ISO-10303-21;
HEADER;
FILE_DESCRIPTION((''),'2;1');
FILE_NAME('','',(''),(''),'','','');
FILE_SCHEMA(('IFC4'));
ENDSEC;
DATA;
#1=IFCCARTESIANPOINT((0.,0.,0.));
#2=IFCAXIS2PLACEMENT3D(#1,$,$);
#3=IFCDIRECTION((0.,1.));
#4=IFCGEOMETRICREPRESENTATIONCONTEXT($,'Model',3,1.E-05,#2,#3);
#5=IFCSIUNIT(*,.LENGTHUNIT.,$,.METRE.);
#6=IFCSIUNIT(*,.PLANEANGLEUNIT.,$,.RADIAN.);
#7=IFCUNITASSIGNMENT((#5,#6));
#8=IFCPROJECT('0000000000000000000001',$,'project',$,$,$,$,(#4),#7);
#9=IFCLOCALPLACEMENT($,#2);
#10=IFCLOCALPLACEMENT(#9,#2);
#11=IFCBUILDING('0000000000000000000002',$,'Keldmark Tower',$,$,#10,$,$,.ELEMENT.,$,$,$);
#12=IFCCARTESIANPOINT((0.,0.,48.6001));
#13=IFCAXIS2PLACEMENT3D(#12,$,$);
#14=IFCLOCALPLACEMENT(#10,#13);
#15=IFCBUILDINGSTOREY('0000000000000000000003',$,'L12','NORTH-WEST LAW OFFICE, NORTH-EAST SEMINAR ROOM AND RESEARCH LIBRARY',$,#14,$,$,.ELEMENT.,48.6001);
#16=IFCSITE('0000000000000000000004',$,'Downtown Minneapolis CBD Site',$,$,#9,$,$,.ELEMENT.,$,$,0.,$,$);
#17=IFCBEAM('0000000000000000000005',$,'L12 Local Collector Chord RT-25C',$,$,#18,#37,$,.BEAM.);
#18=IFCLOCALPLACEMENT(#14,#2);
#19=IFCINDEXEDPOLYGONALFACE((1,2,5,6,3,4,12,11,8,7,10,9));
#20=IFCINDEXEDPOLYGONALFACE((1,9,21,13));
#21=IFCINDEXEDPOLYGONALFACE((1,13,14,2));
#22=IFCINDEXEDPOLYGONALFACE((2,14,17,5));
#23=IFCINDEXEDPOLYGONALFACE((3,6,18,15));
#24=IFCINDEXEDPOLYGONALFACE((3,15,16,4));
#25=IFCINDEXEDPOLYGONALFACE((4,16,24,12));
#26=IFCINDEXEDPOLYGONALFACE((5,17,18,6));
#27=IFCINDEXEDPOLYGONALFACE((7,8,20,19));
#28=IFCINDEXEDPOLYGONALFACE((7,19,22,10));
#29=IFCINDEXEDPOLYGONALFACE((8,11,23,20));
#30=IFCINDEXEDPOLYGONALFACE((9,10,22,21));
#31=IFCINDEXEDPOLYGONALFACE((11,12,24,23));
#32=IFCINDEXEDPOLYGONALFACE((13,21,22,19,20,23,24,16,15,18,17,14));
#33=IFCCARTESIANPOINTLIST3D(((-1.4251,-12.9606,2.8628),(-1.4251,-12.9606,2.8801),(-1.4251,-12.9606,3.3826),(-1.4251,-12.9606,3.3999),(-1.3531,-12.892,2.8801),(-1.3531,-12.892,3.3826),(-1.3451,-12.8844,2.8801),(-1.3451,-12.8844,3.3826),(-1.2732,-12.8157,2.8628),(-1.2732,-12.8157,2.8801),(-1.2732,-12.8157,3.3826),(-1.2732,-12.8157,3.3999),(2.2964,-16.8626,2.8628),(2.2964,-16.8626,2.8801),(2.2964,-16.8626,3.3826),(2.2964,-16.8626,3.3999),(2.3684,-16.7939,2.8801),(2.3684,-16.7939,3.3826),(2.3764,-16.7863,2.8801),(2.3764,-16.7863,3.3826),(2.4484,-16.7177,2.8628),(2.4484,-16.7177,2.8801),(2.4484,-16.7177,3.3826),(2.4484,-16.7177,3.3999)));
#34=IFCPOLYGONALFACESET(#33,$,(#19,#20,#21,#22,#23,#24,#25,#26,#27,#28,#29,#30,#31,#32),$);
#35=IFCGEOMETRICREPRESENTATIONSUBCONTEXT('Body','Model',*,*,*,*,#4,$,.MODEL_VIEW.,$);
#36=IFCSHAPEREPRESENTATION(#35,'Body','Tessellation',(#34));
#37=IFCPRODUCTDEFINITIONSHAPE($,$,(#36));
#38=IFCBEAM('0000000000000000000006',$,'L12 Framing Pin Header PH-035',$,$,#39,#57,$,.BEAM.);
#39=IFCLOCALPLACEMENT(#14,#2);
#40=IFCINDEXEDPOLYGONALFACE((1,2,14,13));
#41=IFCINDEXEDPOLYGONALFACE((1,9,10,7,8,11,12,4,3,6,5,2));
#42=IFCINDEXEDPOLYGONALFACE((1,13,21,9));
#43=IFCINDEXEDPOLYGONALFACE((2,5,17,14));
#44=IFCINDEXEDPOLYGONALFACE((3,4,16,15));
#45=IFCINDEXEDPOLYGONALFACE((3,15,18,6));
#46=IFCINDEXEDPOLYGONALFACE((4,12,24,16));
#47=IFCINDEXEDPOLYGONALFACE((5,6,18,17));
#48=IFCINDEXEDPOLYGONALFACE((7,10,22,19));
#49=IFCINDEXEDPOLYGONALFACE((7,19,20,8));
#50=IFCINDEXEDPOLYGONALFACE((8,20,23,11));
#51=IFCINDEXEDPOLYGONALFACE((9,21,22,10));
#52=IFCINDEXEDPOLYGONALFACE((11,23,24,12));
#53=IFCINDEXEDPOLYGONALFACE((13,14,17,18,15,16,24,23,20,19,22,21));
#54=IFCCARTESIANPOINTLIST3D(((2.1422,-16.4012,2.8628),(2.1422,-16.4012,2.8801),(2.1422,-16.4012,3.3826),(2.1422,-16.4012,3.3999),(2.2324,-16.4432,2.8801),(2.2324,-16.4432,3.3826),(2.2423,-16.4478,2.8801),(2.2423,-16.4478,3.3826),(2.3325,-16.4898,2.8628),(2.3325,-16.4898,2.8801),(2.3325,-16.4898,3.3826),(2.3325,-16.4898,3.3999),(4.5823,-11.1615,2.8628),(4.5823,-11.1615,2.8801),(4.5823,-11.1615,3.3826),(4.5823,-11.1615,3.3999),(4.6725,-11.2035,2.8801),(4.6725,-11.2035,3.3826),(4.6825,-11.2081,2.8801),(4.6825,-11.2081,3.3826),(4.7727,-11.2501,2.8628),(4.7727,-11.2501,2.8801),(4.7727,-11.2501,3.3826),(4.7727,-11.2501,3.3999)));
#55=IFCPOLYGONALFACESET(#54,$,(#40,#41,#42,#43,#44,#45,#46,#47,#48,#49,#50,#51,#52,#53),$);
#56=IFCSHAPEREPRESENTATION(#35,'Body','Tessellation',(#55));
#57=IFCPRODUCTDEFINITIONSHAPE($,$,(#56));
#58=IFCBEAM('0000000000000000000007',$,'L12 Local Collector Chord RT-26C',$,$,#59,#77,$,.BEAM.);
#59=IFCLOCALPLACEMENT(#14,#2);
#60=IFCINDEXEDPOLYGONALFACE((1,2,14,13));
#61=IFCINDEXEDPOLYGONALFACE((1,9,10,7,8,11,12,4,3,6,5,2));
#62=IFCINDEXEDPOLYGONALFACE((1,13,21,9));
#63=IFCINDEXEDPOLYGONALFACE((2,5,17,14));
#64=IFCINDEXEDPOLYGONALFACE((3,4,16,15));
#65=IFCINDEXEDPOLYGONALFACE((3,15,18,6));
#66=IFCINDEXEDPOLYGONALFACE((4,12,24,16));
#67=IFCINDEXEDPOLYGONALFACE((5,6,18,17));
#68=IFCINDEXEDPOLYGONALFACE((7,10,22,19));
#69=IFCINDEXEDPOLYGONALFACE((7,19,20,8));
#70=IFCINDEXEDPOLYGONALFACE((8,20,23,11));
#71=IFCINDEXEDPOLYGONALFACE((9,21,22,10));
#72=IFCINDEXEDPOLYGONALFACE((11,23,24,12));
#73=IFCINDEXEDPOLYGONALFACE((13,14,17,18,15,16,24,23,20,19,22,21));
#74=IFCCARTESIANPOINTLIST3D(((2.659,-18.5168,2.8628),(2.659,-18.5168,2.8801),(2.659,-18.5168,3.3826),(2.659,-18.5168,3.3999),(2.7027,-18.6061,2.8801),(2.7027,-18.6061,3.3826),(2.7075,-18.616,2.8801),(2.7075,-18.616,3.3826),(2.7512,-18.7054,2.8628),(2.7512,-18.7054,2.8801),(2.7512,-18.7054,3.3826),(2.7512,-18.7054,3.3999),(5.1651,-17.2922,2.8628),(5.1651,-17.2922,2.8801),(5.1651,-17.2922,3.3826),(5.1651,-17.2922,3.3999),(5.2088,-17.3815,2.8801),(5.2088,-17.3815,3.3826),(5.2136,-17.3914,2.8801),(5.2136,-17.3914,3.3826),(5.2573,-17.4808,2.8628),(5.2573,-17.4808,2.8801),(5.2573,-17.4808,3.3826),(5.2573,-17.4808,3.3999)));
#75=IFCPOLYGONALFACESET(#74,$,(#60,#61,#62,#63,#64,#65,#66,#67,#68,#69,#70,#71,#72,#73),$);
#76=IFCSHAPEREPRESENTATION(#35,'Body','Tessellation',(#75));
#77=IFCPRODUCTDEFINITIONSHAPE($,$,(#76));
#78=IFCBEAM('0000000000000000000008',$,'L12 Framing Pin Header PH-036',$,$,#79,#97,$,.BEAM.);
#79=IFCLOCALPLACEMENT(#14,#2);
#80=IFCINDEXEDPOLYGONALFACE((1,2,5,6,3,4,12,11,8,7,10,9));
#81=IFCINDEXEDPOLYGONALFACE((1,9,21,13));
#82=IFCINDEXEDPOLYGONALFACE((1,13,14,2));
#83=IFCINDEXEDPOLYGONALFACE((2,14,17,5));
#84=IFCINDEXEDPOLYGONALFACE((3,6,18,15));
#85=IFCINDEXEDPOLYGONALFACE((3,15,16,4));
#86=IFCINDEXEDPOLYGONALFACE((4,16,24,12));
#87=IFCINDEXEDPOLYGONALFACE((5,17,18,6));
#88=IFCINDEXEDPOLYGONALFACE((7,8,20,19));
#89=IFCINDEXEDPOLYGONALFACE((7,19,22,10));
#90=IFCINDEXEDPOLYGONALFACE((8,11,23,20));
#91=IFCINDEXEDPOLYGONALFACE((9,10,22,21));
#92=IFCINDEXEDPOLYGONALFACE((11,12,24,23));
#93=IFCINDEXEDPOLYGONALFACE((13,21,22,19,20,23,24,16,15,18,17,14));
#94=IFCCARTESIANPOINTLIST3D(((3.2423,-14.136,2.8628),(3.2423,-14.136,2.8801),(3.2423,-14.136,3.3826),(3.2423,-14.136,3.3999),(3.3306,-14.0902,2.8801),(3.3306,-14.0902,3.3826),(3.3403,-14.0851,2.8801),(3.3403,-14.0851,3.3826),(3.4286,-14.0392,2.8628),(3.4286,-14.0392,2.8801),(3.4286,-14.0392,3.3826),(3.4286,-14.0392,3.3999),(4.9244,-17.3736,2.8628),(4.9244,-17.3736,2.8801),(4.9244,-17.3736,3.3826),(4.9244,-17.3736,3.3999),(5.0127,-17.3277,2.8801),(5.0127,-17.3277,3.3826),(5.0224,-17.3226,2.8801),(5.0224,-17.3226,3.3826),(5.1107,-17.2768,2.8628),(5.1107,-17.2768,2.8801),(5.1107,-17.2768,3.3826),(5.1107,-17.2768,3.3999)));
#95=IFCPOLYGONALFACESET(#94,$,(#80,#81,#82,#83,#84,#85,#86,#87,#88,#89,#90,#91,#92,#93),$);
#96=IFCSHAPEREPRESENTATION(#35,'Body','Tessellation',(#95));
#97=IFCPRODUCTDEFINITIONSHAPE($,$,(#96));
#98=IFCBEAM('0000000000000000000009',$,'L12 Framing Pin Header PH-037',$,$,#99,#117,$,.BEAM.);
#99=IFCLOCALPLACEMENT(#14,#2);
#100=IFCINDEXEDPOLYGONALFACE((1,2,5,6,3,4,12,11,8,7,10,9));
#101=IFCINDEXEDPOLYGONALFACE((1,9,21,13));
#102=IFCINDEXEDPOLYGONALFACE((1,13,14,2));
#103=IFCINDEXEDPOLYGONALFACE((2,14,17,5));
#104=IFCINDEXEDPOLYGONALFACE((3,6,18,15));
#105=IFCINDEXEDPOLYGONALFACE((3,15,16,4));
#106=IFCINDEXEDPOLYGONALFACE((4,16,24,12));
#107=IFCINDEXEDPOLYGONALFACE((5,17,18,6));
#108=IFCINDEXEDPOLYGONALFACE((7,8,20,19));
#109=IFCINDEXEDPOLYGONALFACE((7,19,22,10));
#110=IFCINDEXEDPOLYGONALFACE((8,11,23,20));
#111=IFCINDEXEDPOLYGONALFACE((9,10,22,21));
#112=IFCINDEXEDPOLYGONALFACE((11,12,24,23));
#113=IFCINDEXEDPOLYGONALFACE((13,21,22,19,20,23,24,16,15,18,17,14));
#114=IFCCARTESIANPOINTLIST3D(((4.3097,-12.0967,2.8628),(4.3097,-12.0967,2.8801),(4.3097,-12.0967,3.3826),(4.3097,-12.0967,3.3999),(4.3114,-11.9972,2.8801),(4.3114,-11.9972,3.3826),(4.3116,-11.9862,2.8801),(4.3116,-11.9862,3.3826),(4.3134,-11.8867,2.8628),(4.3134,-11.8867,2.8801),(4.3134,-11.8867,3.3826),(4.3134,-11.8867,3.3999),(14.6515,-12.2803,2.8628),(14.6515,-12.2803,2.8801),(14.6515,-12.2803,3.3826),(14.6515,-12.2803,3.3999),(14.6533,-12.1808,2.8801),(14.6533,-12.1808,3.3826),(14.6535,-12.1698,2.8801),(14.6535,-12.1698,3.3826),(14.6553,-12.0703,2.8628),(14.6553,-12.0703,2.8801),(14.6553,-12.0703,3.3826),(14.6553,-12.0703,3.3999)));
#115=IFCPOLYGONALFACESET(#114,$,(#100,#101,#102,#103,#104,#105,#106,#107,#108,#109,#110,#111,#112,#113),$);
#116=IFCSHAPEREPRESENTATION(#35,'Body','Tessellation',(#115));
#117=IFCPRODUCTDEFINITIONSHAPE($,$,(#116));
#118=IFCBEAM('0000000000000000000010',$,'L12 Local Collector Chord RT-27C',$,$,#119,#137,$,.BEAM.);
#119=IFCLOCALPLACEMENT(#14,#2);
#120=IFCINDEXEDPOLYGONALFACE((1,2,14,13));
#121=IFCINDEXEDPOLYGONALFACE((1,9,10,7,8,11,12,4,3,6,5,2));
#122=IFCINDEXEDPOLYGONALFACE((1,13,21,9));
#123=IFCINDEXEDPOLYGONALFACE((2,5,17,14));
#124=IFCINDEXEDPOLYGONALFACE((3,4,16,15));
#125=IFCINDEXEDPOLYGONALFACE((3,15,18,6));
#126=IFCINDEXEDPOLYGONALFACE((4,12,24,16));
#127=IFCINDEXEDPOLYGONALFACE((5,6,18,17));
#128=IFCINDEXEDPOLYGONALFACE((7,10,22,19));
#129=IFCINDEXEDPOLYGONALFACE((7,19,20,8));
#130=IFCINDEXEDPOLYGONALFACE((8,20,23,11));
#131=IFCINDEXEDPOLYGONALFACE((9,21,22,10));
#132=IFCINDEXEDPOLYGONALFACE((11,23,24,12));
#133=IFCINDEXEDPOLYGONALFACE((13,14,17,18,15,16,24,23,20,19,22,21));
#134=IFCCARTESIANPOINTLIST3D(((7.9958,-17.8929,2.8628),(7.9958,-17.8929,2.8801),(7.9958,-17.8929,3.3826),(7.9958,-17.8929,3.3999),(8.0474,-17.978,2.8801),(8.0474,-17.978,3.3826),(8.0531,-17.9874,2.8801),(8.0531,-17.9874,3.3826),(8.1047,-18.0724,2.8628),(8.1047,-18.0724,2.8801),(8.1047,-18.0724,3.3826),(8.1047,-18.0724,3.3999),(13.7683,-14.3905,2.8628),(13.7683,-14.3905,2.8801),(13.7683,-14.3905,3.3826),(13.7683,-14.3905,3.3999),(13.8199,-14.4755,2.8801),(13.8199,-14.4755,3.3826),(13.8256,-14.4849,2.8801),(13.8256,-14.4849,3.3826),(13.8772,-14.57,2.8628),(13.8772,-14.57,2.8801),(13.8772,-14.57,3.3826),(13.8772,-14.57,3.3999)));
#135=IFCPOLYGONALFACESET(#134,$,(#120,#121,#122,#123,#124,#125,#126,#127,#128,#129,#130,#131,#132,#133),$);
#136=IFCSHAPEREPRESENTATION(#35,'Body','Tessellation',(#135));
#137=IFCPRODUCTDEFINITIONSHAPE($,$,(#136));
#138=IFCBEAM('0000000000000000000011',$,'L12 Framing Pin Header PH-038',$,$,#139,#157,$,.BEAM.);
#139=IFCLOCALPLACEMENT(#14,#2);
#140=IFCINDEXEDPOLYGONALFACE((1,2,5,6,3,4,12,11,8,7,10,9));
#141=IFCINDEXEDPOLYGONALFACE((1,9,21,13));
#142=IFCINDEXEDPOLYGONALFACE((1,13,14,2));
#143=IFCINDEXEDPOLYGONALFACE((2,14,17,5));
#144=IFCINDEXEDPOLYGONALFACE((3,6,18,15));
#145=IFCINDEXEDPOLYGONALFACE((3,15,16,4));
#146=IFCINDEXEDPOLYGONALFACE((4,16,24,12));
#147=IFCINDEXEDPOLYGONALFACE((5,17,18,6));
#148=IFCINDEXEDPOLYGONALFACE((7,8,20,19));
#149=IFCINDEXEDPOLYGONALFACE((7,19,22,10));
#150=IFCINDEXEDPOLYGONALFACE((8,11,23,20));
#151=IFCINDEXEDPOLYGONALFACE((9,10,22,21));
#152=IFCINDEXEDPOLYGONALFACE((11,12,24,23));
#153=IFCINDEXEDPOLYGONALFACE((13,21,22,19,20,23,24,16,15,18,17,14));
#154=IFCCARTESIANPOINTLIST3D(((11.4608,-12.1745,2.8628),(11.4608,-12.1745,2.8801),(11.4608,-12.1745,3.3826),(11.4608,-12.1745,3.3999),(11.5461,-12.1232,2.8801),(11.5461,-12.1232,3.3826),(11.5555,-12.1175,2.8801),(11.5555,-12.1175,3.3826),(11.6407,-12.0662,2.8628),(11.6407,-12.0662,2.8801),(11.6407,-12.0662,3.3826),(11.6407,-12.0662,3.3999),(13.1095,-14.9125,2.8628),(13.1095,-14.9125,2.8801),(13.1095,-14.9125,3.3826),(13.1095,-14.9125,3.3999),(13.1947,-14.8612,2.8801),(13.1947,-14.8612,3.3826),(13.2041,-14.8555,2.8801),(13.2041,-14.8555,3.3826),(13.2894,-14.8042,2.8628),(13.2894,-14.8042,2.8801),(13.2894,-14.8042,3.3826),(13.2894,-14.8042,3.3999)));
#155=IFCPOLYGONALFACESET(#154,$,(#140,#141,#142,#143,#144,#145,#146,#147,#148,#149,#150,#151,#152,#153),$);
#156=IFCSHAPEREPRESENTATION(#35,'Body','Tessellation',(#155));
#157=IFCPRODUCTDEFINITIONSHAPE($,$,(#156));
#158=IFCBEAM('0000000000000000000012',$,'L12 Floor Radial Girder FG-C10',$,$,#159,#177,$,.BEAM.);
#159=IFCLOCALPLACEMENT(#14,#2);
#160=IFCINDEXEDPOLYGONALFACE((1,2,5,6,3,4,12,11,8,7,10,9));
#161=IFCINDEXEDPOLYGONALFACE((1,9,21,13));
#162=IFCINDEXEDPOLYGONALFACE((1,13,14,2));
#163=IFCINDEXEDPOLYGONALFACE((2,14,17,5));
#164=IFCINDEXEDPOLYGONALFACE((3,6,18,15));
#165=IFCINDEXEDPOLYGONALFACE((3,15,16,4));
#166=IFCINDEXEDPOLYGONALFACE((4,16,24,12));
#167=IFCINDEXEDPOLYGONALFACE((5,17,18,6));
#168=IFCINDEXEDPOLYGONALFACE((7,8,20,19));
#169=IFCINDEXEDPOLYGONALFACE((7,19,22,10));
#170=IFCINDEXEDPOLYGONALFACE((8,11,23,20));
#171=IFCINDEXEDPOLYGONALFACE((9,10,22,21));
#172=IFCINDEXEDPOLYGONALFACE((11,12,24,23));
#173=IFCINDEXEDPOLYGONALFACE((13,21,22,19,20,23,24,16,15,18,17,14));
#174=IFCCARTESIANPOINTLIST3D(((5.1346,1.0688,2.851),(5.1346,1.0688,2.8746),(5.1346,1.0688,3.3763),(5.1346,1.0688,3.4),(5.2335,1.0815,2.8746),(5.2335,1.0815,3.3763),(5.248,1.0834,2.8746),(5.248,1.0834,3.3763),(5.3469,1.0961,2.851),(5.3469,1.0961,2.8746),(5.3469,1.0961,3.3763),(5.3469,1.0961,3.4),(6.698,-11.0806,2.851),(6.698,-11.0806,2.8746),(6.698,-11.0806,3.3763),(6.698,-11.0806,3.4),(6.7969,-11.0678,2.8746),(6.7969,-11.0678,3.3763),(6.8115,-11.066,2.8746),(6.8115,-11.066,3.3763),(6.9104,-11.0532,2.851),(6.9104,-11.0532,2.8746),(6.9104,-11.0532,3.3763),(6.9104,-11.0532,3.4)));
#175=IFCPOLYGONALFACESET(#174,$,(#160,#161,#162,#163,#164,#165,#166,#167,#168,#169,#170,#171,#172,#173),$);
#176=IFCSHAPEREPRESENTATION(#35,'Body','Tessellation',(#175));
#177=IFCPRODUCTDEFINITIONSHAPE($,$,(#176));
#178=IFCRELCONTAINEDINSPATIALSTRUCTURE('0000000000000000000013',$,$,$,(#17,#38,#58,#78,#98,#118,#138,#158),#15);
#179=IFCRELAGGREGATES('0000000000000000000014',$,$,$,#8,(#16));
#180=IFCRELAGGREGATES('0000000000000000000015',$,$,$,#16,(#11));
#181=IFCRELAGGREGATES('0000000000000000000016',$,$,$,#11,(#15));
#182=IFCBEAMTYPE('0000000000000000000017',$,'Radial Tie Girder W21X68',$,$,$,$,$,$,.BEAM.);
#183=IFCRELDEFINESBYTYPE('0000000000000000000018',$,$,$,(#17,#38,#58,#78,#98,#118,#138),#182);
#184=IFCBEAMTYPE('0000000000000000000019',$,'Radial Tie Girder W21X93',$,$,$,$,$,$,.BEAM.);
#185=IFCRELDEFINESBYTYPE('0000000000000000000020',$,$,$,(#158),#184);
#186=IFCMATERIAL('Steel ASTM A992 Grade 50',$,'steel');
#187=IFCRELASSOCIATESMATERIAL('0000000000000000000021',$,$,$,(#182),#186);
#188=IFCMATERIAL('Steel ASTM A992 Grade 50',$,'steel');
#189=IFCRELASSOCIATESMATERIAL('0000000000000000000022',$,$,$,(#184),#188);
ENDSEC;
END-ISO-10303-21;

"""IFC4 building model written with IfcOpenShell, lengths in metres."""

from ifc_helpers import new_model, si_unit, direction, frame, origin, origin_2d, place, context, subcontext, project, spatial, i_section, extrude, material, material_profile, profile_set, type_object, element, save


model = new_model("IFC4")

# Units and contexts
model_context = context("Model", 3, precision=1e-05, world=origin(), true_north=direction((0.0, 1.0)))
body_context = subcontext(model_context, "Body", "Model", "MODEL_VIEW")
ifc_project = project(units=[si_unit("LENGTHUNIT", "METRE"), si_unit("PLANEANGLEUNIT", "RADIAN")], contexts=[model_context])

# Site, building, storey
site_placement = place(None, origin())
site = spatial("IfcSite", under=ifc_project, at=site_placement, Name="Downtown Minneapolis CBD Site", CompositionType="ELEMENT", RefElevation=0.0)
building_placement = place(site_placement, origin())
building = spatial("IfcBuilding", under=site, at=building_placement, Name="Keldmark Tower", CompositionType="ELEMENT")
storey_placement = place(building_placement, frame((0.0, 0.0, 48.6001)))
storey = spatial("IfcBuildingStorey", under=building, at=storey_placement, Name="L12", Description="NORTH-WEST LAW OFFICE, NORTH-EAST SEMINAR ROOM AND RESEARCH LIBRARY", CompositionType="ELEMENT", Elevation=48.6001)

# Beams
ifc_material_1 = material(Name="Steel ASTM A992 Grade 50", Category="steel")
ifc_material_profile_1 = material_profile(ifc_material_1, i_section(OverallWidth=0.21, OverallDepth=0.5371, WebThickness=0.011, FlangeThickness=0.0173, at=origin_2d()), Name="W21X68")
ifc_profile_set_1 = profile_set([ifc_material_profile_1], Name="Steel ASTM A992 Grade 50")
beam_type_1 = type_object("IfcBeamType", Name="Radial Tie Girder W21X68", PredefinedType="BEAM", material=ifc_profile_set_1)
beam_1_placement = place(storey_placement, frame((-1.3491, -12.8882, 3.1313), z_axis=(0.690178, -0.723639, 0.0), x_axis=(0.723639, 0.690178, 0.0)))
element("IfcBeam", 1, at=beam_1_placement, inside=storey, type_object=beam_type_1, Name="L12 Local Collector Chord RT-25C", PredefinedType="BEAM", context=body_context, shape_type="SweptSolid", body=[
    extrude(i_section(OverallWidth=0.21, OverallDepth=0.5371, WebThickness=0.011, FlangeThickness=0.0173, at=origin_2d()), origin(), (0.0, 0.0, 1.0), 5.3921),
])
beam_2_placement = place(storey_placement, frame((4.6775, -11.2058, 3.1313), z_axis=(-0.422171, -0.906516, 0.0), x_axis=(0.906516, -0.422171, 0.0)))
element("IfcBeam", 2, at=beam_2_placement, inside=storey, type_object=beam_type_1, Name="L12 Framing Pin Header PH-035", PredefinedType="BEAM", context=body_context, shape_type="SweptSolid", body=[
    extrude(i_section(OverallWidth=0.21, OverallDepth=0.5371, WebThickness=0.011, FlangeThickness=0.0173, at=origin_2d()), origin(), (0.0, 0.0, 1.0), 5.78),
])
beam_3_placement = place(storey_placement, frame((2.7051, -18.6111, 3.1313), z_axis=(0.898469, 0.439037, 0.0), x_axis=(-0.439037, 0.898469, 0.0)))
element("IfcBeam", 3, at=beam_3_placement, inside=storey, type_object=beam_type_1, Name="L12 Local Collector Chord RT-26C", PredefinedType="BEAM", context=body_context, shape_type="SweptSolid", body=[
    extrude(i_section(OverallWidth=0.21, OverallDepth=0.5371, WebThickness=0.011, FlangeThickness=0.0173, at=origin_2d()), origin(), (0.0, 0.0, 1.0), 2.7893),
])
beam_4_placement = place(storey_placement, frame((3.3354, -14.0876, 3.1313), z_axis=(0.461051, -0.887373, 0.0), x_axis=(0.887373, 0.461051, 0.0)))
element("IfcBeam", 4, at=beam_4_placement, inside=storey, type_object=beam_type_1, Name="L12 Framing Pin Header PH-036", PredefinedType="BEAM", context=body_context, shape_type="SweptSolid", body=[
    extrude(i_section(OverallWidth=0.21, OverallDepth=0.5371, WebThickness=0.011, FlangeThickness=0.0173, at=origin_2d()), origin(), (0.0, 0.0, 1.0), 3.6484),
])
beam_5_placement = place(storey_placement, frame((4.3115, -11.9917, 3.1313), z_axis=(0.999842, -0.01775, 0.0), x_axis=(0.01775, 0.999842, 0.0)))
element("IfcBeam", 5, at=beam_5_placement, inside=storey, type_object=beam_type_1, Name="L12 Framing Pin Header PH-037", PredefinedType="BEAM", context=body_context, shape_type="SweptSolid", body=[
    extrude(i_section(OverallWidth=0.21, OverallDepth=0.5371, WebThickness=0.011, FlangeThickness=0.0173, at=origin_2d()), origin(), (0.0, 0.0, 1.0), 10.3435),
])
beam_6_placement = place(storey_placement, frame((8.0503, -17.9827, 3.1313), z_axis=(0.854936, 0.518733, 0.0), x_axis=(-0.518733, 0.854936, 0.0)))
element("IfcBeam", 6, at=beam_6_placement, inside=storey, type_object=beam_type_1, Name="L12 Local Collector Chord RT-27C", PredefinedType="BEAM", context=body_context, shape_type="SweptSolid", body=[
    extrude(i_section(OverallWidth=0.21, OverallDepth=0.5371, WebThickness=0.011, FlangeThickness=0.0173, at=origin_2d()), origin(), (0.0, 0.0, 1.0), 6.752),
])
beam_7_placement = place(storey_placement, frame((11.5508, -12.1204, 3.1313), z_axis=(0.515843, -0.856683, 0.0), x_axis=(0.856683, 0.515843, 0.0)))
element("IfcBeam", 7, at=beam_7_placement, inside=storey, type_object=beam_type_1, Name="L12 Framing Pin Header PH-038", PredefinedType="BEAM", context=body_context, shape_type="SweptSolid", body=[
    extrude(i_section(OverallWidth=0.21, OverallDepth=0.5371, WebThickness=0.011, FlangeThickness=0.0173, at=origin_2d()), origin(), (0.0, 0.0, 1.0), 3.196),
])
ifc_material_2 = material(Name="Steel ASTM A992 Grade 50", Category="steel")
ifc_material_profile_2 = material_profile(ifc_material_2, i_section(OverallWidth=0.2141, OverallDepth=0.5491, WebThickness=0.0146, FlangeThickness=0.0237, at=origin_2d()), Name="W21X93")
ifc_profile_set_2 = profile_set([ifc_material_profile_2], Name="Steel ASTM A992 Grade 50")
beam_type_2 = type_object("IfcBeamType", Name="Radial Tie Girder W21X93", PredefinedType="BEAM", material=ifc_profile_set_2)
beam_8_placement = place(storey_placement, frame((6.8042, -11.0669, 3.1255), z_axis=(-0.127635, 0.991821, 0.0), x_axis=(-0.991821, -0.127635, 0.0)))
element("IfcBeam", 8, at=beam_8_placement, inside=storey, type_object=beam_type_2, Name="L12 Floor Radial Girder FG-C10", PredefinedType="BEAM", context=body_context, shape_type="SweptSolid", body=[
    extrude(i_section(OverallWidth=0.2141, OverallDepth=0.5491, WebThickness=0.0146, FlangeThickness=0.0237, at=origin_2d()), origin(), (0.0, 0.0, 1.0), 12.2495),
])

save(model, "model.ifc")
